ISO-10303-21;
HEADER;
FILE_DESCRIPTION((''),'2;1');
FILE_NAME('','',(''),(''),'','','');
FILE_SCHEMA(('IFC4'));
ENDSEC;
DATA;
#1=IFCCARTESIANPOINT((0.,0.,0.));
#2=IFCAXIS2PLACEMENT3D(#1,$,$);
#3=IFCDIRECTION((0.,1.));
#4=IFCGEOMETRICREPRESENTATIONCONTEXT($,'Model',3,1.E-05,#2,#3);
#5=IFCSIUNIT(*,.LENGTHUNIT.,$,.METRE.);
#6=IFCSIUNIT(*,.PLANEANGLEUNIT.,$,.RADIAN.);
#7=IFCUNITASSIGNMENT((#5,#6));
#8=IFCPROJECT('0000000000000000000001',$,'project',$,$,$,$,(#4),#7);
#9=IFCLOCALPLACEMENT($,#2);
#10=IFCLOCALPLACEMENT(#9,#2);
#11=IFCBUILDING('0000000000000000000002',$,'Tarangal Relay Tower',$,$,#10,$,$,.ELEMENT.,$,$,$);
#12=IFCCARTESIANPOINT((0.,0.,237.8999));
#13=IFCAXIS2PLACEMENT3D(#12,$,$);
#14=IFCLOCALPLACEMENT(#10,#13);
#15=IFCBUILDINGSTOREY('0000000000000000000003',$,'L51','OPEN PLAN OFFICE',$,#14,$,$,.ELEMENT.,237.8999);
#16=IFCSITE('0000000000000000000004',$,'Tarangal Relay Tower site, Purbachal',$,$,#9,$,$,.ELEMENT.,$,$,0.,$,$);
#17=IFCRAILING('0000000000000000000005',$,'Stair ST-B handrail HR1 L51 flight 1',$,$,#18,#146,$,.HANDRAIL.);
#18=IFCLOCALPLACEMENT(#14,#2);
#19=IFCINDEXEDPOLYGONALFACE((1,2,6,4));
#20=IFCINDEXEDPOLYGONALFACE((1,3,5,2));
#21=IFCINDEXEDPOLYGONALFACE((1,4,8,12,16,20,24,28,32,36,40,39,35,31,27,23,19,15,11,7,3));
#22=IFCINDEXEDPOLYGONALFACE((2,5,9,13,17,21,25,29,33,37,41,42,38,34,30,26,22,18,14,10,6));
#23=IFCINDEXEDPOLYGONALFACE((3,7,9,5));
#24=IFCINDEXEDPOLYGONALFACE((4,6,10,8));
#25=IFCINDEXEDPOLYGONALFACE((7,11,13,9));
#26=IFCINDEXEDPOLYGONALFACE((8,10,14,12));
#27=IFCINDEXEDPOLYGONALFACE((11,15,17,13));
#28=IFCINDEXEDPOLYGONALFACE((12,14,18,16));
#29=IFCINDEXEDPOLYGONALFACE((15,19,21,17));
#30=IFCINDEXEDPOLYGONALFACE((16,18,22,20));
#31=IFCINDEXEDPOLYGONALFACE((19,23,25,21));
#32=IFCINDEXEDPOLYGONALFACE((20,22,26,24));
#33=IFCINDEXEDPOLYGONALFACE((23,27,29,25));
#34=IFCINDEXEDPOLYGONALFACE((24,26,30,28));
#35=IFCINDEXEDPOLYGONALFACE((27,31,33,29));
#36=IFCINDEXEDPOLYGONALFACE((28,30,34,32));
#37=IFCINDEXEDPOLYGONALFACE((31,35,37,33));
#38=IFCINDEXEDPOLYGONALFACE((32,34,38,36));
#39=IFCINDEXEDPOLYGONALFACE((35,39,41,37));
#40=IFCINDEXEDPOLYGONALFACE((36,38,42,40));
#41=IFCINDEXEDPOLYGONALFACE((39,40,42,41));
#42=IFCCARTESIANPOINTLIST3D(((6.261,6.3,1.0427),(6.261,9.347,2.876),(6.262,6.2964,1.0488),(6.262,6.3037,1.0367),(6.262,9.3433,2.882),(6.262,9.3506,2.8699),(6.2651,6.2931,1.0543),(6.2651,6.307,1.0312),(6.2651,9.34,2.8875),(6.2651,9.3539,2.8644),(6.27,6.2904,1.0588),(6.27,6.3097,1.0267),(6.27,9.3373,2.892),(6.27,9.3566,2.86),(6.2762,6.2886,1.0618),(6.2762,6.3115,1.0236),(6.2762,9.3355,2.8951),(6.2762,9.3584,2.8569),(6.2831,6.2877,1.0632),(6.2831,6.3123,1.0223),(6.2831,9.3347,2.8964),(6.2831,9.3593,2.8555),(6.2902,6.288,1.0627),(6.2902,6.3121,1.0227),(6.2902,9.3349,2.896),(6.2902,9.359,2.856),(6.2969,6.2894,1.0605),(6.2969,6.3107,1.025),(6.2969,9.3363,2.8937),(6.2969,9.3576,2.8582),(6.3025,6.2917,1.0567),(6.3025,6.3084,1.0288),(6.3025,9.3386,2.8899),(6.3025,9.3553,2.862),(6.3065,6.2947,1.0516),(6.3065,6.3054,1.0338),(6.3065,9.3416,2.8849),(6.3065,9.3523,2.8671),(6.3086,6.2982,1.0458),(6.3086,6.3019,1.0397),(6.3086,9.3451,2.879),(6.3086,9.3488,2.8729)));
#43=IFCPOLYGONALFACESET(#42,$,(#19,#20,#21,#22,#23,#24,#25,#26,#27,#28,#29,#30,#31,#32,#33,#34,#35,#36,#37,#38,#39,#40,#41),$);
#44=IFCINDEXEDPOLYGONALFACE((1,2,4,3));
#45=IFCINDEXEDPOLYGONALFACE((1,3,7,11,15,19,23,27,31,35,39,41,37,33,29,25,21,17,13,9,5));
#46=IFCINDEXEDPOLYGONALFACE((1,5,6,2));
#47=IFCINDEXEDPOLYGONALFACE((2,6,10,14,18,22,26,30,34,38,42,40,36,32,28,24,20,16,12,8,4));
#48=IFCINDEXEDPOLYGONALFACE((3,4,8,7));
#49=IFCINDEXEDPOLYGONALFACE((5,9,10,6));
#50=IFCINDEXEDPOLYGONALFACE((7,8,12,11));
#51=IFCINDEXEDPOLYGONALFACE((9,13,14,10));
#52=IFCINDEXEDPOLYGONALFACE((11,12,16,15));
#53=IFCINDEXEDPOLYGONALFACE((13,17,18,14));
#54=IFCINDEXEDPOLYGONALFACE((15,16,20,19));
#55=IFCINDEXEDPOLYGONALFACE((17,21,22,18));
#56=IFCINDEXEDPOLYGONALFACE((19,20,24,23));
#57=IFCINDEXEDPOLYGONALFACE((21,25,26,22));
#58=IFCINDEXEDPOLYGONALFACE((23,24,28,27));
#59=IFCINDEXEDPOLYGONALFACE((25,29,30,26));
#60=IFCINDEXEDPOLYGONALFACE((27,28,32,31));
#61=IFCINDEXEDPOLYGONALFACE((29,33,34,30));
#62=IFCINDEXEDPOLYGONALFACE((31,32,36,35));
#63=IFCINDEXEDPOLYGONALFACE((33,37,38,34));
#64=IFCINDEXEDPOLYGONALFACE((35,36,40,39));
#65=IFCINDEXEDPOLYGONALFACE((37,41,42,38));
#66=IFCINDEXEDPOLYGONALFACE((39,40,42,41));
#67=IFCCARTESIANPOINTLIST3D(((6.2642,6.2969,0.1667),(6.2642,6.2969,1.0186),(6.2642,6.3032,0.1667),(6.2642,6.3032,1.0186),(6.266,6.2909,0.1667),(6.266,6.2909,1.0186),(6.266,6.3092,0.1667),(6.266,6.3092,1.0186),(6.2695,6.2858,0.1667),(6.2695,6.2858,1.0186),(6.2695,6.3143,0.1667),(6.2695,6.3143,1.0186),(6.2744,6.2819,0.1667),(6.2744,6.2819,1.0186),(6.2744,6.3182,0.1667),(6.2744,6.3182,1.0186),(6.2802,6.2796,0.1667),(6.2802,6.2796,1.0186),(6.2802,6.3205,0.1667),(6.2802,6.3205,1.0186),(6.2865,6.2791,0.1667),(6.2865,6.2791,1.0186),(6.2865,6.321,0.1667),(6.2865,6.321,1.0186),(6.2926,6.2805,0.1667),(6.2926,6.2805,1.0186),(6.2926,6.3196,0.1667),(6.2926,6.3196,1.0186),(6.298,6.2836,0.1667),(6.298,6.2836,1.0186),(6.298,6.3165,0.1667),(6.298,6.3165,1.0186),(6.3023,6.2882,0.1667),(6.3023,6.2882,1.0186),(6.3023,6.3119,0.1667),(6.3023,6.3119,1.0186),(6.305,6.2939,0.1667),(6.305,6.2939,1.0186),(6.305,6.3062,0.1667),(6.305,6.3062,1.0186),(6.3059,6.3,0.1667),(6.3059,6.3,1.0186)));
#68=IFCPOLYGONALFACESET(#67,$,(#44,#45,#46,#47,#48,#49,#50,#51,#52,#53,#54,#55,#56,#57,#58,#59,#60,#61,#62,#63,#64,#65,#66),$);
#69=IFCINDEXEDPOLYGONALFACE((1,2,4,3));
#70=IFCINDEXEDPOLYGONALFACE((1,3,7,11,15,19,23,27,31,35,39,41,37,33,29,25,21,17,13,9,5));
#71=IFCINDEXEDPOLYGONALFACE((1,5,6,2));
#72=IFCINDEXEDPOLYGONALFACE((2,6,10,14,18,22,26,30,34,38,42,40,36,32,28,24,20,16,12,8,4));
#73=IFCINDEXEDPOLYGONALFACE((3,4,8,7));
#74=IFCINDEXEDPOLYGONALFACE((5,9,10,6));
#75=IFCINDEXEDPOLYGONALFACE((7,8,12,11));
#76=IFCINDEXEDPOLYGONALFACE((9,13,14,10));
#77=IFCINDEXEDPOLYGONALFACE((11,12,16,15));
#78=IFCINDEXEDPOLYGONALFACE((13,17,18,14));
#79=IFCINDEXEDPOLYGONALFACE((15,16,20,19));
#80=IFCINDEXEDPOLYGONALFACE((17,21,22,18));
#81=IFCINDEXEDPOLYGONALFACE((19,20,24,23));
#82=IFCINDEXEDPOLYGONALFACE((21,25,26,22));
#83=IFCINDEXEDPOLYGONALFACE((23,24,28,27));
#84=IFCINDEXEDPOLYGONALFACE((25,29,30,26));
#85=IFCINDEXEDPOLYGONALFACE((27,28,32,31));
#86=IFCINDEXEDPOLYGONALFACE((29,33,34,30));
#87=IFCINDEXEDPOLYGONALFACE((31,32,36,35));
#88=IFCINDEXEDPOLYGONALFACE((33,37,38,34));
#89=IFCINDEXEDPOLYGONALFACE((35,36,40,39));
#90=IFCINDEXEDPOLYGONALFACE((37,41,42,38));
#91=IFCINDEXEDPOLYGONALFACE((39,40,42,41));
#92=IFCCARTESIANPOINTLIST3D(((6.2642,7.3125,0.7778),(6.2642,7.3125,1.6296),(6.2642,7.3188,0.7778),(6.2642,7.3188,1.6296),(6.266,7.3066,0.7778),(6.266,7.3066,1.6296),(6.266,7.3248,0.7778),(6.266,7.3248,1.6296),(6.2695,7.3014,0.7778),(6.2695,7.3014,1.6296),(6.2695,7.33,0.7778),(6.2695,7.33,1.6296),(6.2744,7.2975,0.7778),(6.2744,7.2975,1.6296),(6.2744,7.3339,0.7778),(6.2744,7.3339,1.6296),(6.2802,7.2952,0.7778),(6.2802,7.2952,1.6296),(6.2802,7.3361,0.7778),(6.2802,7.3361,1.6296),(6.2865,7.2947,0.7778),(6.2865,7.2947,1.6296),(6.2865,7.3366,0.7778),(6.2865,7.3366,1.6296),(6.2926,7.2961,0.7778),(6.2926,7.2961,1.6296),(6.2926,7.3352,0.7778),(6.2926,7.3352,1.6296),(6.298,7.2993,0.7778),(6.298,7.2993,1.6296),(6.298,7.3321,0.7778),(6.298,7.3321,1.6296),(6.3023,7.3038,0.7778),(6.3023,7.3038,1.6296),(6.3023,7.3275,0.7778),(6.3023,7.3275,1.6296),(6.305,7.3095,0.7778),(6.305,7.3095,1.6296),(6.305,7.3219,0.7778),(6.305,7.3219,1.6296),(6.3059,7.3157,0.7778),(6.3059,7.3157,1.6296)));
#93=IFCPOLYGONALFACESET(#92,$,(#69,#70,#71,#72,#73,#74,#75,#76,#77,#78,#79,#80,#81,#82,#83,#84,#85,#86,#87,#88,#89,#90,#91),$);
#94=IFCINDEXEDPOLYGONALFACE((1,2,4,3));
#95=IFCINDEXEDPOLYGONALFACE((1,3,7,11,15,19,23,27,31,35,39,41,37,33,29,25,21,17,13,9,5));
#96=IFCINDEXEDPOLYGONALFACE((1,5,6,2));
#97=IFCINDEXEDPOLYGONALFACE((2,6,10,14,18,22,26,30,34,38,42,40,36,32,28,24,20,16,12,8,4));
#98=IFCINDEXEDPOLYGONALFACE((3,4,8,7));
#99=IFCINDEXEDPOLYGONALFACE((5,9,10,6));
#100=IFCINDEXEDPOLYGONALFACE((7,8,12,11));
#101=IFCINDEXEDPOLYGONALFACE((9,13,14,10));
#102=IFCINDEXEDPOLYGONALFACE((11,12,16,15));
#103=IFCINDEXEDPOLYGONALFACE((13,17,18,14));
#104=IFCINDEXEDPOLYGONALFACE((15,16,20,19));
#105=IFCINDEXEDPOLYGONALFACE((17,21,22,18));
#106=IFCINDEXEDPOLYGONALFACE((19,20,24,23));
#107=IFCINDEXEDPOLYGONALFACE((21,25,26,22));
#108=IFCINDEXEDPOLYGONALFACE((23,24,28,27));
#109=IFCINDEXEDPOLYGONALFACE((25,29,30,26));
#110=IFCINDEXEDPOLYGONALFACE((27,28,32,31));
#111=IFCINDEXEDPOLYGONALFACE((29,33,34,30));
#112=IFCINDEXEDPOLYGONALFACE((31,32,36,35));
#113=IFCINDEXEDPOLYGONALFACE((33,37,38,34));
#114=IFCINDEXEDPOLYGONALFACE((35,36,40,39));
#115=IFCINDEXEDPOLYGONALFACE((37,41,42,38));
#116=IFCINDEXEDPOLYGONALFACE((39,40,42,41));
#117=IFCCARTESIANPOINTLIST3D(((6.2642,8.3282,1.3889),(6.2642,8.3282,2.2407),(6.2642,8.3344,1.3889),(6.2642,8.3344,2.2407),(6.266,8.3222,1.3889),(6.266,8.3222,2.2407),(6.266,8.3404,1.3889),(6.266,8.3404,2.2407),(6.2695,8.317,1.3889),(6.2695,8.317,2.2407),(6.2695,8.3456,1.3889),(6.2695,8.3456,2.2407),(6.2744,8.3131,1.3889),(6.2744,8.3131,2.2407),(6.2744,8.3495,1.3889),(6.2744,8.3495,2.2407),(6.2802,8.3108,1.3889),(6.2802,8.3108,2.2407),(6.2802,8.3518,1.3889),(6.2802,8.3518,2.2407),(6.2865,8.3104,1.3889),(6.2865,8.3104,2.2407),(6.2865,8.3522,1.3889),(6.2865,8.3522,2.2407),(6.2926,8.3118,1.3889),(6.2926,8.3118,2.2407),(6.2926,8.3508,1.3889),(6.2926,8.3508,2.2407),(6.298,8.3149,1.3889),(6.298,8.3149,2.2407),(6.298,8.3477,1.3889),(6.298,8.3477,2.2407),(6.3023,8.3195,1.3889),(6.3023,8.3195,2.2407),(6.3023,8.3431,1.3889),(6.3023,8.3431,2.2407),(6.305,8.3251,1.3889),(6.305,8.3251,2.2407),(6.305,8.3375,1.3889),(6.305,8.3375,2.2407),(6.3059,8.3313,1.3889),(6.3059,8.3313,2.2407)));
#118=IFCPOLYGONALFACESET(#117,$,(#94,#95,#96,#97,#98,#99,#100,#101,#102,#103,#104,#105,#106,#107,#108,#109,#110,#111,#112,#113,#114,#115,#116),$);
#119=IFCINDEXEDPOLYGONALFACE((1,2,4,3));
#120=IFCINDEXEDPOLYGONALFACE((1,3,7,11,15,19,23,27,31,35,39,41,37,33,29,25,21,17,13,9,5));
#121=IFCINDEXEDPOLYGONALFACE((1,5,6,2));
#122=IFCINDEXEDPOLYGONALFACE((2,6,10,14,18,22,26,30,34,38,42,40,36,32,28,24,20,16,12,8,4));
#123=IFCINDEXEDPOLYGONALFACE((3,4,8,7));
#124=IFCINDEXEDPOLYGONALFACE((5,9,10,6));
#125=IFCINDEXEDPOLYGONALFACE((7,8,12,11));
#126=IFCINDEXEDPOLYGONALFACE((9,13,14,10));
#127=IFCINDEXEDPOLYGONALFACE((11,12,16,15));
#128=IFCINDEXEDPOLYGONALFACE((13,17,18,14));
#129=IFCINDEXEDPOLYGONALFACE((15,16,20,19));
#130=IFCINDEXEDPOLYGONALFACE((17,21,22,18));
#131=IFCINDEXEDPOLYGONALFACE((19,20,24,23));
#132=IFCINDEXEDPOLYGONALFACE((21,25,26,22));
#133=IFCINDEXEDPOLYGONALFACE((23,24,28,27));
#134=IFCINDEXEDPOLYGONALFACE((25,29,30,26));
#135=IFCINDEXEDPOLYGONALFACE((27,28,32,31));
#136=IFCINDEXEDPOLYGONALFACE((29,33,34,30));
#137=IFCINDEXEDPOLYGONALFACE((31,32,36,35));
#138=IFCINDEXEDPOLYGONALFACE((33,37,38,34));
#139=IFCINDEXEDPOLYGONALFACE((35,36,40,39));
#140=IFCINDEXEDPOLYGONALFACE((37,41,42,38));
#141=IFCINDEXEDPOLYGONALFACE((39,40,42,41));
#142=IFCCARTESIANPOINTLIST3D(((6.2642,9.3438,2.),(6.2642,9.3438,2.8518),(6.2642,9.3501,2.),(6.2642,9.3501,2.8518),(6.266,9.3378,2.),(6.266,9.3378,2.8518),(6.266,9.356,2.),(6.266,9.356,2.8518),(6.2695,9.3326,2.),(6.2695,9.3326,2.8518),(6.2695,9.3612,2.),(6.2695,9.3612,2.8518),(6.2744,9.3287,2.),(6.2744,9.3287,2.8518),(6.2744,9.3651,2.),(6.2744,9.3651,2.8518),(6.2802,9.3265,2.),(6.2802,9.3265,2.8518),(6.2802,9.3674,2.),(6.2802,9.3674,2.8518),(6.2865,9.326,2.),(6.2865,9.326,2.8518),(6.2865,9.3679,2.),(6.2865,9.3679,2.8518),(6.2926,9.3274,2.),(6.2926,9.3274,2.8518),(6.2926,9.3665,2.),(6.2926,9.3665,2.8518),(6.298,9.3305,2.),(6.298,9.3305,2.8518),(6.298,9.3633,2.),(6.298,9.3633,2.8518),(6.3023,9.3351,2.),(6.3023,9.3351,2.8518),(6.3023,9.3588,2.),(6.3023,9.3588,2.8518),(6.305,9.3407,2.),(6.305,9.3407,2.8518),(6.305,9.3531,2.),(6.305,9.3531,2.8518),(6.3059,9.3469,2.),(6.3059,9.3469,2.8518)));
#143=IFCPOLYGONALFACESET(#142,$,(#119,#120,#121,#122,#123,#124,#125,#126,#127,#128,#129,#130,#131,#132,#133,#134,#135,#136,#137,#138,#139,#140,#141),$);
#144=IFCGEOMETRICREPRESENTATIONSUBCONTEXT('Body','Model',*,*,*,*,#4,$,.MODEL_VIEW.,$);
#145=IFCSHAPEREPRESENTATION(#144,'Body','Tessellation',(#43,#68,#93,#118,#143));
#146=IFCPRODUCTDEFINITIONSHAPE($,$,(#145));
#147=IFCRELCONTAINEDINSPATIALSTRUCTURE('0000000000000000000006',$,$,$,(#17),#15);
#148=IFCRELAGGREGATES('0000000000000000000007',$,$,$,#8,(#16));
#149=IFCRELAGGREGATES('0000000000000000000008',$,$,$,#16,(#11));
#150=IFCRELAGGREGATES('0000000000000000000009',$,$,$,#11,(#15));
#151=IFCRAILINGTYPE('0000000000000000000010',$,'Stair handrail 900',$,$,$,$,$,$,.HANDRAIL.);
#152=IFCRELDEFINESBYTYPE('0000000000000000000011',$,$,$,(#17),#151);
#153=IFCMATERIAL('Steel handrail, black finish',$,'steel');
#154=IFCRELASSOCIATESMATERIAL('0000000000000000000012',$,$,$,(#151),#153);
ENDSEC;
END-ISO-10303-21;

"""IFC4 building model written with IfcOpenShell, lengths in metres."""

from ifc_helpers import new_model, si_unit, direction, frame, origin, origin_2d, place, context, subcontext, project, spatial, circle, extrude, material, type_object, element, save


model = new_model("IFC4")

# Units and contexts
model_context = context("Model", 3, precision=1e-05, world=origin(), true_north=direction((0.0, 1.0)))
body_context = subcontext(model_context, "Body", "Model", "MODEL_VIEW")
ifc_project = project(units=[si_unit("LENGTHUNIT", "METRE"), si_unit("PLANEANGLEUNIT", "RADIAN")], contexts=[model_context])

# Site, building, storey
site_placement = place(None, origin())
site = spatial("IfcSite", under=ifc_project, at=site_placement, Name="Tarangal Relay Tower site, Purbachal", CompositionType="ELEMENT", RefElevation=0.0)
building_placement = place(site_placement, origin())
building = spatial("IfcBuilding", under=site, at=building_placement, Name="Tarangal Relay Tower", CompositionType="ELEMENT")
storey_placement = place(building_placement, frame((0.0, 0.0, 237.8999)))
storey = spatial("IfcBuildingStorey", under=building, at=storey_placement, Name="L51", Description="OPEN PLAN OFFICE", CompositionType="ELEMENT", Elevation=237.8999)

# Railing
ifc_material_1 = material(Name="Steel handrail, black finish", Category="steel")
railing_type_1 = type_object("IfcRailingType", Name="Stair handrail 900", PredefinedType="HANDRAIL", material=ifc_material_1)
railing_1_placement = place(storey_placement, frame((6.2849, 6.3, 0.1667)))
element("IfcRailing", 1, at=railing_1_placement, inside=storey, type_object=railing_type_1, Name="Stair ST-B handrail HR1 L51 flight 1", PredefinedType="HANDRAIL", context=body_context, shape_type="SweptSolid", body=[
    extrude(circle(Radius=0.0239, at=origin_2d()), frame((0.0, 0.0, 0.876), z_axis=(0.0, 0.856856, 0.515556), x_axis=(-1.0, 0.0, 0.0)), (0.0, 0.0, 1.0), 3.5559),
    extrude(circle(Radius=0.021, at=origin_2d()), origin(), (0.0, 0.0, 1.0), 0.8518),
    extrude(circle(Radius=0.021, at=origin_2d()), frame((0.0, 1.0156, 0.6111)), (0.0, 0.0, 1.0), 0.8518),
    extrude(circle(Radius=0.021, at=origin_2d()), frame((0.0, 2.0312, 1.2222)), (0.0, 0.0, 1.0), 0.8518),
    extrude(circle(Radius=0.021, at=origin_2d()), frame((0.0, 3.0469, 1.8333)), (0.0, 0.0, 1.0), 0.8518),
])

save(model, "model.ifc")
